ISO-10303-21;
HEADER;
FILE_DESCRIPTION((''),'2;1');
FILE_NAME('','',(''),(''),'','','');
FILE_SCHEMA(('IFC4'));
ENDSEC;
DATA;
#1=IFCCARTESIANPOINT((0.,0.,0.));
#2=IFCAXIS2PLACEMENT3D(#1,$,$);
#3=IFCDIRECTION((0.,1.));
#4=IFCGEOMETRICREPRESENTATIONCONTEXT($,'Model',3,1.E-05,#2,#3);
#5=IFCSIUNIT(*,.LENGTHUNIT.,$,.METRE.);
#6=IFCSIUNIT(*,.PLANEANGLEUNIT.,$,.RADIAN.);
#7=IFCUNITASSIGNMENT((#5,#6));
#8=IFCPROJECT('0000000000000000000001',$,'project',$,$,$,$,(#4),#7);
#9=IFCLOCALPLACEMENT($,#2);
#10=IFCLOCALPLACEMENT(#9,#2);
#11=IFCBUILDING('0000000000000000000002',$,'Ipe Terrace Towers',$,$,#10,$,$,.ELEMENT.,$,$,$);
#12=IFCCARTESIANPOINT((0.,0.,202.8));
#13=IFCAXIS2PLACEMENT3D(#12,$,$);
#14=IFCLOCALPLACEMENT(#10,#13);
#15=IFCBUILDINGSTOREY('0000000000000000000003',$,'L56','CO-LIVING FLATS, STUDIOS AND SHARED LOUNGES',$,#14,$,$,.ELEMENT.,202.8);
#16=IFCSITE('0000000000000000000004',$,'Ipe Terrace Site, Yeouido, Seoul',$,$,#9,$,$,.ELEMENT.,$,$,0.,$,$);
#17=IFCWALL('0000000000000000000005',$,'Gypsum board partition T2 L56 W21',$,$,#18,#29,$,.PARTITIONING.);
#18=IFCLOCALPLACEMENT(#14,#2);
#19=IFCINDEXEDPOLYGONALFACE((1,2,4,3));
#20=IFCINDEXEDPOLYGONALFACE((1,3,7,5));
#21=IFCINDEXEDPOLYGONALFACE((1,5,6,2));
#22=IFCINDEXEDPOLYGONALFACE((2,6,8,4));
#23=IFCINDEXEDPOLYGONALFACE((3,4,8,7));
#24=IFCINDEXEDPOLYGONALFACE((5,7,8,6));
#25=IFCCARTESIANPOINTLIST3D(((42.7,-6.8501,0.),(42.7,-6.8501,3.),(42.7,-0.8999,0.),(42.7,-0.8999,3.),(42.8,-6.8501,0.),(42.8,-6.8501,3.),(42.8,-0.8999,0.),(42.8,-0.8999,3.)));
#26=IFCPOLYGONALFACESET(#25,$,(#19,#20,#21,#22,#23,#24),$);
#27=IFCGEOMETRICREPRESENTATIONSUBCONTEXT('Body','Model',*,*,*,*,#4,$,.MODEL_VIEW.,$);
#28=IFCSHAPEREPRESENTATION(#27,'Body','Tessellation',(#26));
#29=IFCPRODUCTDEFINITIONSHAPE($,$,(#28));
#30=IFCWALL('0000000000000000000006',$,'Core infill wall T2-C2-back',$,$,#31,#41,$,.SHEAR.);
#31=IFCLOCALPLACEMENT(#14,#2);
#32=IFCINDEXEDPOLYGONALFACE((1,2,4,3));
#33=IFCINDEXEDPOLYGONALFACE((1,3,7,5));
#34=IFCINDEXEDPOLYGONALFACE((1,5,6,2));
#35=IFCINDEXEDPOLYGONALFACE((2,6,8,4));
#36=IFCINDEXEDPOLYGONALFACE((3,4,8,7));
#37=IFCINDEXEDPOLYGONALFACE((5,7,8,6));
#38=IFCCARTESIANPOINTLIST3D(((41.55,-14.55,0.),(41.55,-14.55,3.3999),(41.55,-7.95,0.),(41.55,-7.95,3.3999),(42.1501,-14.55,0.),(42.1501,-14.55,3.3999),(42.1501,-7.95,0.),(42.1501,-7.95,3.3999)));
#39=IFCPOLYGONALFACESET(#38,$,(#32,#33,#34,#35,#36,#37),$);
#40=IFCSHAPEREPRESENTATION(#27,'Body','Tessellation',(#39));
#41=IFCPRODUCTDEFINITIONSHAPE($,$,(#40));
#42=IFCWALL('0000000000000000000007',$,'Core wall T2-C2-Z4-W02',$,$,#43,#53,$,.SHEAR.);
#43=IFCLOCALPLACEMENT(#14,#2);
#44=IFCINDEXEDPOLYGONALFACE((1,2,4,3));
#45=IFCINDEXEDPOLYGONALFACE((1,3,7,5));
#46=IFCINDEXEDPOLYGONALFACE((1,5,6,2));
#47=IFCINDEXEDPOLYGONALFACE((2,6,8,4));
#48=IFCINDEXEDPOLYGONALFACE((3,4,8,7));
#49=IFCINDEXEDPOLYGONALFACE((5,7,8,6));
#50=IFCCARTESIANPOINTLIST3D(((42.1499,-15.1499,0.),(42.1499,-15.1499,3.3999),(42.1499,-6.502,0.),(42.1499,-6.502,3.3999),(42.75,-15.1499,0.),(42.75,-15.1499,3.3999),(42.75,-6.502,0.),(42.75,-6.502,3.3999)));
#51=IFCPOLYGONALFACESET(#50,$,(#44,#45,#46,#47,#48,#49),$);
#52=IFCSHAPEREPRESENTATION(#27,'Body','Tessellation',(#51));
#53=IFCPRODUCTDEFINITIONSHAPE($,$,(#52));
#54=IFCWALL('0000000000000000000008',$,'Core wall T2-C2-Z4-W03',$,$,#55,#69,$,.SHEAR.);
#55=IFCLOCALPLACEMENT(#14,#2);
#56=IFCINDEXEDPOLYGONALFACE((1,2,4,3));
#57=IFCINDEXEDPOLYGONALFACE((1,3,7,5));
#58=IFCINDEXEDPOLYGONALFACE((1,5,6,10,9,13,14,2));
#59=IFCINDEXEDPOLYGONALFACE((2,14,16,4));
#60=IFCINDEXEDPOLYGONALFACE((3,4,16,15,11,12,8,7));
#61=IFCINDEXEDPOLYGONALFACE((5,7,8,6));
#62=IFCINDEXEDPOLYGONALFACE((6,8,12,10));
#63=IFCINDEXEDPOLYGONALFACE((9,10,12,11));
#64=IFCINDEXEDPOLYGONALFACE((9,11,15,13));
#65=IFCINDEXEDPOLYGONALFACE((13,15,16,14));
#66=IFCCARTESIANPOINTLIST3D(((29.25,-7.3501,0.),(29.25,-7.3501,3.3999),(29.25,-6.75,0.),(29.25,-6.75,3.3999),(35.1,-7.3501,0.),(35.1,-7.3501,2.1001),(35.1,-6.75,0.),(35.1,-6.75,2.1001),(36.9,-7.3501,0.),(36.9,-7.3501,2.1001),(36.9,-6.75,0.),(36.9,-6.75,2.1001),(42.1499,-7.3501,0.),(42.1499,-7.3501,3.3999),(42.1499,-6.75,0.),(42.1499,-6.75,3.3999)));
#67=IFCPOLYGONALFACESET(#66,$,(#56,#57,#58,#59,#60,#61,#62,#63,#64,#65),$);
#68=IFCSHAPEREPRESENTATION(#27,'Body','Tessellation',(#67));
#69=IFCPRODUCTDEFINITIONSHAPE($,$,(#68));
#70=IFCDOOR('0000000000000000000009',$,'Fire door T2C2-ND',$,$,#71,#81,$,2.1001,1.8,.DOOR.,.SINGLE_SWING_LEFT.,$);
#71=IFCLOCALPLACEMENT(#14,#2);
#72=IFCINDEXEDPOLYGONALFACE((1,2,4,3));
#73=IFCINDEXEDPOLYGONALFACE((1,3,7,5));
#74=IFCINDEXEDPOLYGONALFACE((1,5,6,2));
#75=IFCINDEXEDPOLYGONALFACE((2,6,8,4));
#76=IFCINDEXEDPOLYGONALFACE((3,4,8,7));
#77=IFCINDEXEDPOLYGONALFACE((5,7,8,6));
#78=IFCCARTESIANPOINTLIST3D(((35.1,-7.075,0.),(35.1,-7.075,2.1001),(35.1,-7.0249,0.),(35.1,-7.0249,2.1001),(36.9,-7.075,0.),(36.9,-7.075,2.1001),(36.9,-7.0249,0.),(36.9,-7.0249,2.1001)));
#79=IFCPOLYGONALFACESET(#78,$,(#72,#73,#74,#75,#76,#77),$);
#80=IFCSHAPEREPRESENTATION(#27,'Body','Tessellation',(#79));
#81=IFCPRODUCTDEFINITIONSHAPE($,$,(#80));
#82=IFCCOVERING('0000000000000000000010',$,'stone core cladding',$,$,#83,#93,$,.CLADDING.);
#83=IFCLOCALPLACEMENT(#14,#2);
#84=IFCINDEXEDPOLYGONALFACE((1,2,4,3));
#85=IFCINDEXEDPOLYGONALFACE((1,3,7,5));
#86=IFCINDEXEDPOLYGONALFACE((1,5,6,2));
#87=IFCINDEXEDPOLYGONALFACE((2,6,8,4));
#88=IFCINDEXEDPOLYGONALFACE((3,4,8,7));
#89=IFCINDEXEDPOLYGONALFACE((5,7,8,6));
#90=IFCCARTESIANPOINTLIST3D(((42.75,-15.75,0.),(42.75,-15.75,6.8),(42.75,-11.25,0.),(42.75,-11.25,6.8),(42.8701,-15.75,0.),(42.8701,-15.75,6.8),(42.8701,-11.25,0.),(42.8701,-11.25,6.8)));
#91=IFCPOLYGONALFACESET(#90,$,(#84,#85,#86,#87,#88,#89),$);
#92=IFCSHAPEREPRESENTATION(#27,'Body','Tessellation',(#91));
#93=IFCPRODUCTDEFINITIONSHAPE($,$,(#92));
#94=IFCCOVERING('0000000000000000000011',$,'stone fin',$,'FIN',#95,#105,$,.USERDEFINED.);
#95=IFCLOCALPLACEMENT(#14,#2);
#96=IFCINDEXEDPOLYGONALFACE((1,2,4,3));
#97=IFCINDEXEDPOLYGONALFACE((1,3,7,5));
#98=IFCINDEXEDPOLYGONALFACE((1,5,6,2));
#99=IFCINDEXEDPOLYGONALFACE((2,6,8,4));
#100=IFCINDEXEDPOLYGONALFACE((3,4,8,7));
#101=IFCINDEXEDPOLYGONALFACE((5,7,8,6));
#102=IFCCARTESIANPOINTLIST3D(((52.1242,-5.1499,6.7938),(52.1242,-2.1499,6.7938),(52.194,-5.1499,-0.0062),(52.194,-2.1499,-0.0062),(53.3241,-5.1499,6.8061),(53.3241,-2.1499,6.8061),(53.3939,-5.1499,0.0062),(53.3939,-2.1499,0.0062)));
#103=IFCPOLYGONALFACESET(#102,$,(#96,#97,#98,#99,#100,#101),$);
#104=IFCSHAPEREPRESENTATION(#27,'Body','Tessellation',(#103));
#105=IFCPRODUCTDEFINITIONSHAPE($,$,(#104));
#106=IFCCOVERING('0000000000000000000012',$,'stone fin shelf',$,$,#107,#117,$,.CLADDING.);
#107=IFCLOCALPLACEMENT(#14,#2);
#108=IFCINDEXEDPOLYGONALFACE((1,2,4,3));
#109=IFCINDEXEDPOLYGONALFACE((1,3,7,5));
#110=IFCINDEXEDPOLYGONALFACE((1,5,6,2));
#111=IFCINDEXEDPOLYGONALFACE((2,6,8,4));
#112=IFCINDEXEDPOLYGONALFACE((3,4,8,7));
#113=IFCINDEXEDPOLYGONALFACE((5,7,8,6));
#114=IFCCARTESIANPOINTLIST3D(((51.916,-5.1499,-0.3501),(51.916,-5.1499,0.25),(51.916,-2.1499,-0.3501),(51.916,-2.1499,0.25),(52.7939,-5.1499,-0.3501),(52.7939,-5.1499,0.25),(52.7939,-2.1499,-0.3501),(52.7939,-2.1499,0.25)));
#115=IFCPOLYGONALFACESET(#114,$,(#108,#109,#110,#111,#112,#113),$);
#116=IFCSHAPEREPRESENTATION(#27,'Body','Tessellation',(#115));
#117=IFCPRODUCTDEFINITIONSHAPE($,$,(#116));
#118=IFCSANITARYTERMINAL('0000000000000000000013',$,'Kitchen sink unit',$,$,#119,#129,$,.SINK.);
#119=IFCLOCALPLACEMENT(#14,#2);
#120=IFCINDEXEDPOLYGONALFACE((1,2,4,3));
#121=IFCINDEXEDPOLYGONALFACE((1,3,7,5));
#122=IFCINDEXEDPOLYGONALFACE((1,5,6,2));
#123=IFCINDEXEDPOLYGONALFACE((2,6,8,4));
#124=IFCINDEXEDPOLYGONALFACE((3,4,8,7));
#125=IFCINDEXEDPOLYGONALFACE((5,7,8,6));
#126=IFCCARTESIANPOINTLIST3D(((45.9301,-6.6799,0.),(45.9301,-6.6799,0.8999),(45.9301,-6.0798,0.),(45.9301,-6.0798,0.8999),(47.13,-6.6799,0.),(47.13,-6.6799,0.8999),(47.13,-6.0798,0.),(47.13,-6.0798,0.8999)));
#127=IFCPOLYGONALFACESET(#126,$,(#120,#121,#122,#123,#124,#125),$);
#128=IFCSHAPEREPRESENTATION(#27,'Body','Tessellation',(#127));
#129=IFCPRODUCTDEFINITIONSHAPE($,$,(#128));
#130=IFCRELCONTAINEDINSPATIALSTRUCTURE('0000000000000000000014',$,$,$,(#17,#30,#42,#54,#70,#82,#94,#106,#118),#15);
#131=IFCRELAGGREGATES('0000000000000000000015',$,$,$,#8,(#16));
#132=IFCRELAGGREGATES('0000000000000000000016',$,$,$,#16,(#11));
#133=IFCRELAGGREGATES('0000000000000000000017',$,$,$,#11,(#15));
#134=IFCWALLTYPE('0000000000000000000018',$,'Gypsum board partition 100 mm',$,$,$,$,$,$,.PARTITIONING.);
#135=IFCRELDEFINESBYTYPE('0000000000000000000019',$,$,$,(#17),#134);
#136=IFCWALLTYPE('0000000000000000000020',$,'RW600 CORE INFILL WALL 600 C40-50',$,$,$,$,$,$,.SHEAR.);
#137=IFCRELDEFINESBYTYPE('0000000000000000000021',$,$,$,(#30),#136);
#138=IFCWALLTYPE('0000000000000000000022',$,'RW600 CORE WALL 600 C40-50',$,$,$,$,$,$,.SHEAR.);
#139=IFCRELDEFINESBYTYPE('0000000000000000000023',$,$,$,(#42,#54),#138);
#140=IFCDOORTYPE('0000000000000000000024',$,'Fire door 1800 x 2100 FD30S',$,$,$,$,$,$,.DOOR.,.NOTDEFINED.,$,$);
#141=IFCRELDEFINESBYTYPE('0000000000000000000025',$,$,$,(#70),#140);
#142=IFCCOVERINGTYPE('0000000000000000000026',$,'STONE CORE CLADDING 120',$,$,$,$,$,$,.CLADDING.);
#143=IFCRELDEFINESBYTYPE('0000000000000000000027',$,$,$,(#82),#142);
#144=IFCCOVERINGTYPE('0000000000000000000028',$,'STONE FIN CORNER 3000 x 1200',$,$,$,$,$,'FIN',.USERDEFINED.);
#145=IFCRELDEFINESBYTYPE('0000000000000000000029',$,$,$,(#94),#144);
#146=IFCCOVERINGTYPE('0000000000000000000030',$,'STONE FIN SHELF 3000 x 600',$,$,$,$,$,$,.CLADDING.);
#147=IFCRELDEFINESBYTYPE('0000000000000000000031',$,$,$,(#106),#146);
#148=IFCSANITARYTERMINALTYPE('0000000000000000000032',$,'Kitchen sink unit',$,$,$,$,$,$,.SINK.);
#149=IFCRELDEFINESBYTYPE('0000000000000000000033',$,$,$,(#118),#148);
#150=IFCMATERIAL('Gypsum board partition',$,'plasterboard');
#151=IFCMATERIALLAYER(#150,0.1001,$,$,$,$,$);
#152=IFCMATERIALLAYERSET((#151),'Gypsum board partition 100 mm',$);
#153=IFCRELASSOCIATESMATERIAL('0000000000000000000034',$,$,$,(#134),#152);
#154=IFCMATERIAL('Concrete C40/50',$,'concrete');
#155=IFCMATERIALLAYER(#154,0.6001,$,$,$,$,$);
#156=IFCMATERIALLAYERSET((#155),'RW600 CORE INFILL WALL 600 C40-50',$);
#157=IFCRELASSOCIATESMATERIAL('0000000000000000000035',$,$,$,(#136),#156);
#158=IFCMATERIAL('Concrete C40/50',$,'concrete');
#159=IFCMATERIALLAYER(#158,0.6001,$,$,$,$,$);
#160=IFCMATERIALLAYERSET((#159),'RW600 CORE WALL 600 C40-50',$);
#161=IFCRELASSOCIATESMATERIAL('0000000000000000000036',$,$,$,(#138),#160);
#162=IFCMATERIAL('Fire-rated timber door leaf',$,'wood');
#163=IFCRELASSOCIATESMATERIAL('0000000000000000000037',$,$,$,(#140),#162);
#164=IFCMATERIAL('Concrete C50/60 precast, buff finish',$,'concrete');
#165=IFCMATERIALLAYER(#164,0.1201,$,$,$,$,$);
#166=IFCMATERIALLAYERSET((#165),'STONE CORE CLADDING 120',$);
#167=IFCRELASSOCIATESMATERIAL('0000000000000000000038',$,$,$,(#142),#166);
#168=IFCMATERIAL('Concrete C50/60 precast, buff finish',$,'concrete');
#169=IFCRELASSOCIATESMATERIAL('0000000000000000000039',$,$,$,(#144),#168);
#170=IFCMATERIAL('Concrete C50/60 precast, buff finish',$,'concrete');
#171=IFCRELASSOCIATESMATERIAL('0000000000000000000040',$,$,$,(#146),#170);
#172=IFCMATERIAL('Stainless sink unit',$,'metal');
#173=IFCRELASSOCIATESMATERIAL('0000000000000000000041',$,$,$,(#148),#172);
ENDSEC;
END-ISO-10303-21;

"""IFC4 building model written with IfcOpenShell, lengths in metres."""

from ifc_helpers import new_model, si_unit, direction, frame, frame_2d, origin, origin_2d, place, context, subcontext, project, spatial, rectangle, extrude, material, layer, layer_set, material_profile, profile_set, type_object, element, fill, save


model = new_model("IFC4")

# Units and contexts
model_context = context("Model", 3, precision=1e-05, world=origin(), true_north=direction((0.0, 1.0)))
body_context = subcontext(model_context, "Body", "Model", "MODEL_VIEW")
ifc_project = project(units=[si_unit("LENGTHUNIT", "METRE"), si_unit("PLANEANGLEUNIT", "RADIAN")], contexts=[model_context])

# Site, building, storey
site_placement = place(None, origin())
site = spatial("IfcSite", under=ifc_project, at=site_placement, Name="Ipe Terrace Site, Yeouido, Seoul", CompositionType="ELEMENT", RefElevation=0.0)
building_placement = place(site_placement, origin())
building = spatial("IfcBuilding", under=site, at=building_placement, Name="Ipe Terrace Towers", CompositionType="ELEMENT")
storey_placement = place(building_placement, frame((0.0, 0.0, 202.8)))
storey = spatial("IfcBuildingStorey", under=building, at=storey_placement, Name="L56", Description="CO-LIVING FLATS, STUDIOS AND SHARED LOUNGES", CompositionType="ELEMENT", Elevation=202.8)

# Shared definitions
ifc_material_1 = material(Name="Gypsum board partition", Category="plasterboard")
ifc_layer_1 = layer(ifc_material_1, 0.1001)
ifc_layer_set_1 = layer_set([ifc_layer_1], Name="Gypsum board partition 100 mm")
wall_type_1 = type_object("IfcWallType", Name="Gypsum board partition 100 mm", PredefinedType="PARTITIONING", material=ifc_layer_set_1)

# Walls
wall_1_placement = place(storey_placement, frame((42.75, -6.8501, 0.0), z_axis=(0.0, 0.0, 1.0), x_axis=(0.0, 1.0, 0.0)))
element("IfcWall", 1, at=wall_1_placement, inside=storey, type_object=wall_type_1, Name="Gypsum board partition T2 L56 W21", PredefinedType="PARTITIONING", context=body_context, shape_type="SweptSolid", body=[
    extrude(rectangle(XDim=5.9502, YDim=0.1001, at=frame_2d((2.9751, 0.0))), origin(), (0.0, 0.0, 1.0), 3.0),
])
ifc_material_2 = material(Name="Concrete C40/50", Category="concrete")
ifc_layer_2 = layer(ifc_material_2, 0.6001)
ifc_layer_set_2 = layer_set([ifc_layer_2], Name="RW600 CORE INFILL WALL 600 C40-50")
wall_type_2 = type_object("IfcWallType", Name="RW600 CORE INFILL WALL 600 C40-50", PredefinedType="SHEAR", material=ifc_layer_set_2)
wall_2_placement = place(storey_placement, frame((41.8501, -7.95, 0.0), z_axis=(0.0, 0.0, 1.0), x_axis=(0.0, -1.0, 0.0)))
element("IfcWall", 2, at=wall_2_placement, inside=storey, type_object=wall_type_2, Name="Core infill wall T2-C2-back", PredefinedType="SHEAR", context=body_context, shape_type="SweptSolid", body=[
    extrude(rectangle(XDim=6.6001, YDim=0.6001, at=frame_2d((3.3, 0.0))), origin(), (0.0, 0.0, 1.0), 3.3999),
])
ifc_material_3 = material(Name="Concrete C40/50", Category="concrete")
ifc_layer_3 = layer(ifc_material_3, 0.6001)
ifc_layer_set_3 = layer_set([ifc_layer_3], Name="RW600 CORE WALL 600 C40-50")
wall_type_3 = type_object("IfcWallType", Name="RW600 CORE WALL 600 C40-50", PredefinedType="SHEAR", material=ifc_layer_set_3)
wall_3_placement = place(storey_placement, frame((42.45, -15.1499, 0.0), z_axis=(0.0, 0.0, 1.0), x_axis=(0.0, 1.0, 0.0)))
element("IfcWall", 3, at=wall_3_placement, inside=storey, type_object=wall_type_3, Name="Core wall T2-C2-Z4-W02", PredefinedType="SHEAR", context=body_context, shape_type="SweptSolid", body=[
    extrude(rectangle(XDim=8.6479, YDim=0.6001, at=frame_2d((4.324, 0.0))), origin(), (0.0, 0.0, 1.0), 3.3999),
])

# Wall, opening, door
wall_4_placement = place(storey_placement, frame((42.1499, -7.05, 0.0), z_axis=(0.0, 0.0, 1.0), x_axis=(-1.0, 0.0, 0.0)))
wall_4 = element("IfcWall", 4, at=wall_4_placement, inside=storey, type_object=wall_type_3, Name="Core wall T2-C2-Z4-W03", PredefinedType="SHEAR", context=body_context, shape_type="SweptSolid", body=[
    extrude(rectangle(XDim=12.8999, YDim=0.6001, at=frame_2d((6.45, 0.0))), origin(), (0.0, 0.0, 1.0), 3.3999),
])
opening_1_placement = place(wall_4_placement, frame((5.25, 0.0, 0.0)))
opening_1 = element("IfcOpeningElement", 5, at=opening_1_placement, cuts=wall_4, PredefinedType="OPENING", context=body_context, shape_type="SweptSolid", body=[
    extrude(rectangle(XDim=1.8, YDim=2.1001, at=frame_2d((0.8999, 1.05))), frame((0.0, 0.3101, 0.0), z_axis=(0.0, -1.0, 0.0), x_axis=(1.0, 0.0, 0.0)), (0.0, 0.0, 1.0), 0.6201),
])
ifc_material_4 = material(Name="Fire-rated timber door leaf", Category="wood")
door_type_1 = type_object("IfcDoorType", Name="Fire door 1800 x 2100 FD30S", OperationType="NOTDEFINED", PredefinedType="DOOR", material=ifc_material_4)
door_1_placement = place(opening_1_placement, origin())
door_1 = element("IfcDoor", 6, at=door_1_placement, inside=storey, type_object=door_type_1, Name="Fire door T2C2-ND", OperationType="SINGLE_SWING_LEFT", OverallHeight=2.1001, OverallWidth=1.8, PredefinedType="DOOR", context=body_context, shape_type="SweptSolid", body=[
    extrude(rectangle(XDim=1.8, YDim=2.1001, at=frame_2d((0.8999, 1.05))), frame((0.0, 0.0249, 0.0), z_axis=(0.0, -1.0, 0.0), x_axis=(1.0, 0.0, 0.0)), (0.0, 0.0, 1.0), 0.05),
])
fill(opening_1, door_1)

# Coverings
ifc_material_5 = material(Name="Concrete C50/60 precast, buff finish", Category="concrete")
ifc_layer_4 = layer(ifc_material_5, 0.1201)
ifc_layer_set_4 = layer_set([ifc_layer_4], Name="STONE CORE CLADDING 120")
covering_type_1 = type_object("IfcCoveringType", Name="STONE CORE CLADDING 120", PredefinedType="CLADDING", material=ifc_layer_set_4)
covering_1_placement = place(storey_placement, frame((42.8101, -13.5, 0.0), z_axis=(0.0, 0.0, 1.0), x_axis=(0.0, 1.0, 0.0)))
element("IfcCovering", 7, at=covering_1_placement, inside=storey, type_object=covering_type_1, Name="stone core cladding", PredefinedType="CLADDING", context=body_context, shape_type="SweptSolid", body=[
    extrude(rectangle(XDim=4.5, YDim=0.1201, at=origin_2d()), origin(), (0.0, 0.0, 1.0), 6.8),
])
ifc_material_6 = material(Name="Concrete C50/60 precast, buff finish", Category="concrete")
ifc_material_profile_1 = material_profile(ifc_material_6, rectangle(XDim=3.0, YDim=1.2, at=origin_2d()), Name="STONE FIN CORNER 3000 x 1200")
ifc_profile_set_1 = profile_set([ifc_material_profile_1], Name="Concrete C50/60 precast, buff finish")
covering_type_2 = type_object("IfcCoveringType", Name="STONE FIN CORNER 3000 x 1200", ElementType="FIN", PredefinedType="USERDEFINED", material=ifc_profile_set_1)
covering_2_placement = place(storey_placement, frame((52.7939, -3.6499, 0.0), z_axis=(-0.010268, 0.0, 0.999947), x_axis=(0.0, 1.0, 0.0)))
element("IfcCovering", 8, at=covering_2_placement, inside=storey, type_object=covering_type_2, Name="stone fin", ObjectType="FIN", PredefinedType="USERDEFINED", context=body_context, shape_type="SweptSolid", body=[
    extrude(rectangle(XDim=3.0, YDim=1.2, at=origin_2d()), origin(), (0.0, 0.0, 1.0), 6.8003),
])
ifc_material_7 = material(Name="Concrete C50/60 precast, buff finish", Category="concrete")
covering_type_3 = type_object("IfcCoveringType", Name="STONE FIN SHELF 3000 x 600", PredefinedType="CLADDING", material=ifc_material_7)
covering_3_placement = place(storey_placement, frame((52.355, -3.6499, -0.3501), z_axis=(0.0, 0.0, 1.0), x_axis=(0.0, 1.0, 0.0)))
element("IfcCovering", 9, at=covering_3_placement, inside=storey, type_object=covering_type_3, Name="stone fin shelf", PredefinedType="CLADDING", context=body_context, shape_type="SweptSolid", body=[
    extrude(rectangle(XDim=3.0, YDim=0.8779, at=origin_2d()), origin(), (0.0, 0.0, 1.0), 0.6001),
])

# Sanitary terminal
ifc_material_8 = material(Name="Stainless sink unit", Category="metal")
sanitary_terminal_type = type_object("IfcSanitaryTerminalType", Name="Kitchen sink unit", PredefinedType="SINK", material=ifc_material_8)
sanitary_terminal_placement = place(storey_placement, frame((46.53, -6.3799, 0.0), z_axis=(0.0, 0.0, 1.0), x_axis=(-1.0, 0.0, 0.0)))
element("IfcSanitaryTerminal", 10, at=sanitary_terminal_placement, inside=storey, type_object=sanitary_terminal_type, Name="Kitchen sink unit", PredefinedType="SINK", context=body_context, shape_type="SweptSolid", body=[
    extrude(rectangle(XDim=1.2, YDim=0.6001, at=origin_2d()), origin(), (0.0, 0.0, 1.0), 0.8999),
])

save(model, "model.ifc")
